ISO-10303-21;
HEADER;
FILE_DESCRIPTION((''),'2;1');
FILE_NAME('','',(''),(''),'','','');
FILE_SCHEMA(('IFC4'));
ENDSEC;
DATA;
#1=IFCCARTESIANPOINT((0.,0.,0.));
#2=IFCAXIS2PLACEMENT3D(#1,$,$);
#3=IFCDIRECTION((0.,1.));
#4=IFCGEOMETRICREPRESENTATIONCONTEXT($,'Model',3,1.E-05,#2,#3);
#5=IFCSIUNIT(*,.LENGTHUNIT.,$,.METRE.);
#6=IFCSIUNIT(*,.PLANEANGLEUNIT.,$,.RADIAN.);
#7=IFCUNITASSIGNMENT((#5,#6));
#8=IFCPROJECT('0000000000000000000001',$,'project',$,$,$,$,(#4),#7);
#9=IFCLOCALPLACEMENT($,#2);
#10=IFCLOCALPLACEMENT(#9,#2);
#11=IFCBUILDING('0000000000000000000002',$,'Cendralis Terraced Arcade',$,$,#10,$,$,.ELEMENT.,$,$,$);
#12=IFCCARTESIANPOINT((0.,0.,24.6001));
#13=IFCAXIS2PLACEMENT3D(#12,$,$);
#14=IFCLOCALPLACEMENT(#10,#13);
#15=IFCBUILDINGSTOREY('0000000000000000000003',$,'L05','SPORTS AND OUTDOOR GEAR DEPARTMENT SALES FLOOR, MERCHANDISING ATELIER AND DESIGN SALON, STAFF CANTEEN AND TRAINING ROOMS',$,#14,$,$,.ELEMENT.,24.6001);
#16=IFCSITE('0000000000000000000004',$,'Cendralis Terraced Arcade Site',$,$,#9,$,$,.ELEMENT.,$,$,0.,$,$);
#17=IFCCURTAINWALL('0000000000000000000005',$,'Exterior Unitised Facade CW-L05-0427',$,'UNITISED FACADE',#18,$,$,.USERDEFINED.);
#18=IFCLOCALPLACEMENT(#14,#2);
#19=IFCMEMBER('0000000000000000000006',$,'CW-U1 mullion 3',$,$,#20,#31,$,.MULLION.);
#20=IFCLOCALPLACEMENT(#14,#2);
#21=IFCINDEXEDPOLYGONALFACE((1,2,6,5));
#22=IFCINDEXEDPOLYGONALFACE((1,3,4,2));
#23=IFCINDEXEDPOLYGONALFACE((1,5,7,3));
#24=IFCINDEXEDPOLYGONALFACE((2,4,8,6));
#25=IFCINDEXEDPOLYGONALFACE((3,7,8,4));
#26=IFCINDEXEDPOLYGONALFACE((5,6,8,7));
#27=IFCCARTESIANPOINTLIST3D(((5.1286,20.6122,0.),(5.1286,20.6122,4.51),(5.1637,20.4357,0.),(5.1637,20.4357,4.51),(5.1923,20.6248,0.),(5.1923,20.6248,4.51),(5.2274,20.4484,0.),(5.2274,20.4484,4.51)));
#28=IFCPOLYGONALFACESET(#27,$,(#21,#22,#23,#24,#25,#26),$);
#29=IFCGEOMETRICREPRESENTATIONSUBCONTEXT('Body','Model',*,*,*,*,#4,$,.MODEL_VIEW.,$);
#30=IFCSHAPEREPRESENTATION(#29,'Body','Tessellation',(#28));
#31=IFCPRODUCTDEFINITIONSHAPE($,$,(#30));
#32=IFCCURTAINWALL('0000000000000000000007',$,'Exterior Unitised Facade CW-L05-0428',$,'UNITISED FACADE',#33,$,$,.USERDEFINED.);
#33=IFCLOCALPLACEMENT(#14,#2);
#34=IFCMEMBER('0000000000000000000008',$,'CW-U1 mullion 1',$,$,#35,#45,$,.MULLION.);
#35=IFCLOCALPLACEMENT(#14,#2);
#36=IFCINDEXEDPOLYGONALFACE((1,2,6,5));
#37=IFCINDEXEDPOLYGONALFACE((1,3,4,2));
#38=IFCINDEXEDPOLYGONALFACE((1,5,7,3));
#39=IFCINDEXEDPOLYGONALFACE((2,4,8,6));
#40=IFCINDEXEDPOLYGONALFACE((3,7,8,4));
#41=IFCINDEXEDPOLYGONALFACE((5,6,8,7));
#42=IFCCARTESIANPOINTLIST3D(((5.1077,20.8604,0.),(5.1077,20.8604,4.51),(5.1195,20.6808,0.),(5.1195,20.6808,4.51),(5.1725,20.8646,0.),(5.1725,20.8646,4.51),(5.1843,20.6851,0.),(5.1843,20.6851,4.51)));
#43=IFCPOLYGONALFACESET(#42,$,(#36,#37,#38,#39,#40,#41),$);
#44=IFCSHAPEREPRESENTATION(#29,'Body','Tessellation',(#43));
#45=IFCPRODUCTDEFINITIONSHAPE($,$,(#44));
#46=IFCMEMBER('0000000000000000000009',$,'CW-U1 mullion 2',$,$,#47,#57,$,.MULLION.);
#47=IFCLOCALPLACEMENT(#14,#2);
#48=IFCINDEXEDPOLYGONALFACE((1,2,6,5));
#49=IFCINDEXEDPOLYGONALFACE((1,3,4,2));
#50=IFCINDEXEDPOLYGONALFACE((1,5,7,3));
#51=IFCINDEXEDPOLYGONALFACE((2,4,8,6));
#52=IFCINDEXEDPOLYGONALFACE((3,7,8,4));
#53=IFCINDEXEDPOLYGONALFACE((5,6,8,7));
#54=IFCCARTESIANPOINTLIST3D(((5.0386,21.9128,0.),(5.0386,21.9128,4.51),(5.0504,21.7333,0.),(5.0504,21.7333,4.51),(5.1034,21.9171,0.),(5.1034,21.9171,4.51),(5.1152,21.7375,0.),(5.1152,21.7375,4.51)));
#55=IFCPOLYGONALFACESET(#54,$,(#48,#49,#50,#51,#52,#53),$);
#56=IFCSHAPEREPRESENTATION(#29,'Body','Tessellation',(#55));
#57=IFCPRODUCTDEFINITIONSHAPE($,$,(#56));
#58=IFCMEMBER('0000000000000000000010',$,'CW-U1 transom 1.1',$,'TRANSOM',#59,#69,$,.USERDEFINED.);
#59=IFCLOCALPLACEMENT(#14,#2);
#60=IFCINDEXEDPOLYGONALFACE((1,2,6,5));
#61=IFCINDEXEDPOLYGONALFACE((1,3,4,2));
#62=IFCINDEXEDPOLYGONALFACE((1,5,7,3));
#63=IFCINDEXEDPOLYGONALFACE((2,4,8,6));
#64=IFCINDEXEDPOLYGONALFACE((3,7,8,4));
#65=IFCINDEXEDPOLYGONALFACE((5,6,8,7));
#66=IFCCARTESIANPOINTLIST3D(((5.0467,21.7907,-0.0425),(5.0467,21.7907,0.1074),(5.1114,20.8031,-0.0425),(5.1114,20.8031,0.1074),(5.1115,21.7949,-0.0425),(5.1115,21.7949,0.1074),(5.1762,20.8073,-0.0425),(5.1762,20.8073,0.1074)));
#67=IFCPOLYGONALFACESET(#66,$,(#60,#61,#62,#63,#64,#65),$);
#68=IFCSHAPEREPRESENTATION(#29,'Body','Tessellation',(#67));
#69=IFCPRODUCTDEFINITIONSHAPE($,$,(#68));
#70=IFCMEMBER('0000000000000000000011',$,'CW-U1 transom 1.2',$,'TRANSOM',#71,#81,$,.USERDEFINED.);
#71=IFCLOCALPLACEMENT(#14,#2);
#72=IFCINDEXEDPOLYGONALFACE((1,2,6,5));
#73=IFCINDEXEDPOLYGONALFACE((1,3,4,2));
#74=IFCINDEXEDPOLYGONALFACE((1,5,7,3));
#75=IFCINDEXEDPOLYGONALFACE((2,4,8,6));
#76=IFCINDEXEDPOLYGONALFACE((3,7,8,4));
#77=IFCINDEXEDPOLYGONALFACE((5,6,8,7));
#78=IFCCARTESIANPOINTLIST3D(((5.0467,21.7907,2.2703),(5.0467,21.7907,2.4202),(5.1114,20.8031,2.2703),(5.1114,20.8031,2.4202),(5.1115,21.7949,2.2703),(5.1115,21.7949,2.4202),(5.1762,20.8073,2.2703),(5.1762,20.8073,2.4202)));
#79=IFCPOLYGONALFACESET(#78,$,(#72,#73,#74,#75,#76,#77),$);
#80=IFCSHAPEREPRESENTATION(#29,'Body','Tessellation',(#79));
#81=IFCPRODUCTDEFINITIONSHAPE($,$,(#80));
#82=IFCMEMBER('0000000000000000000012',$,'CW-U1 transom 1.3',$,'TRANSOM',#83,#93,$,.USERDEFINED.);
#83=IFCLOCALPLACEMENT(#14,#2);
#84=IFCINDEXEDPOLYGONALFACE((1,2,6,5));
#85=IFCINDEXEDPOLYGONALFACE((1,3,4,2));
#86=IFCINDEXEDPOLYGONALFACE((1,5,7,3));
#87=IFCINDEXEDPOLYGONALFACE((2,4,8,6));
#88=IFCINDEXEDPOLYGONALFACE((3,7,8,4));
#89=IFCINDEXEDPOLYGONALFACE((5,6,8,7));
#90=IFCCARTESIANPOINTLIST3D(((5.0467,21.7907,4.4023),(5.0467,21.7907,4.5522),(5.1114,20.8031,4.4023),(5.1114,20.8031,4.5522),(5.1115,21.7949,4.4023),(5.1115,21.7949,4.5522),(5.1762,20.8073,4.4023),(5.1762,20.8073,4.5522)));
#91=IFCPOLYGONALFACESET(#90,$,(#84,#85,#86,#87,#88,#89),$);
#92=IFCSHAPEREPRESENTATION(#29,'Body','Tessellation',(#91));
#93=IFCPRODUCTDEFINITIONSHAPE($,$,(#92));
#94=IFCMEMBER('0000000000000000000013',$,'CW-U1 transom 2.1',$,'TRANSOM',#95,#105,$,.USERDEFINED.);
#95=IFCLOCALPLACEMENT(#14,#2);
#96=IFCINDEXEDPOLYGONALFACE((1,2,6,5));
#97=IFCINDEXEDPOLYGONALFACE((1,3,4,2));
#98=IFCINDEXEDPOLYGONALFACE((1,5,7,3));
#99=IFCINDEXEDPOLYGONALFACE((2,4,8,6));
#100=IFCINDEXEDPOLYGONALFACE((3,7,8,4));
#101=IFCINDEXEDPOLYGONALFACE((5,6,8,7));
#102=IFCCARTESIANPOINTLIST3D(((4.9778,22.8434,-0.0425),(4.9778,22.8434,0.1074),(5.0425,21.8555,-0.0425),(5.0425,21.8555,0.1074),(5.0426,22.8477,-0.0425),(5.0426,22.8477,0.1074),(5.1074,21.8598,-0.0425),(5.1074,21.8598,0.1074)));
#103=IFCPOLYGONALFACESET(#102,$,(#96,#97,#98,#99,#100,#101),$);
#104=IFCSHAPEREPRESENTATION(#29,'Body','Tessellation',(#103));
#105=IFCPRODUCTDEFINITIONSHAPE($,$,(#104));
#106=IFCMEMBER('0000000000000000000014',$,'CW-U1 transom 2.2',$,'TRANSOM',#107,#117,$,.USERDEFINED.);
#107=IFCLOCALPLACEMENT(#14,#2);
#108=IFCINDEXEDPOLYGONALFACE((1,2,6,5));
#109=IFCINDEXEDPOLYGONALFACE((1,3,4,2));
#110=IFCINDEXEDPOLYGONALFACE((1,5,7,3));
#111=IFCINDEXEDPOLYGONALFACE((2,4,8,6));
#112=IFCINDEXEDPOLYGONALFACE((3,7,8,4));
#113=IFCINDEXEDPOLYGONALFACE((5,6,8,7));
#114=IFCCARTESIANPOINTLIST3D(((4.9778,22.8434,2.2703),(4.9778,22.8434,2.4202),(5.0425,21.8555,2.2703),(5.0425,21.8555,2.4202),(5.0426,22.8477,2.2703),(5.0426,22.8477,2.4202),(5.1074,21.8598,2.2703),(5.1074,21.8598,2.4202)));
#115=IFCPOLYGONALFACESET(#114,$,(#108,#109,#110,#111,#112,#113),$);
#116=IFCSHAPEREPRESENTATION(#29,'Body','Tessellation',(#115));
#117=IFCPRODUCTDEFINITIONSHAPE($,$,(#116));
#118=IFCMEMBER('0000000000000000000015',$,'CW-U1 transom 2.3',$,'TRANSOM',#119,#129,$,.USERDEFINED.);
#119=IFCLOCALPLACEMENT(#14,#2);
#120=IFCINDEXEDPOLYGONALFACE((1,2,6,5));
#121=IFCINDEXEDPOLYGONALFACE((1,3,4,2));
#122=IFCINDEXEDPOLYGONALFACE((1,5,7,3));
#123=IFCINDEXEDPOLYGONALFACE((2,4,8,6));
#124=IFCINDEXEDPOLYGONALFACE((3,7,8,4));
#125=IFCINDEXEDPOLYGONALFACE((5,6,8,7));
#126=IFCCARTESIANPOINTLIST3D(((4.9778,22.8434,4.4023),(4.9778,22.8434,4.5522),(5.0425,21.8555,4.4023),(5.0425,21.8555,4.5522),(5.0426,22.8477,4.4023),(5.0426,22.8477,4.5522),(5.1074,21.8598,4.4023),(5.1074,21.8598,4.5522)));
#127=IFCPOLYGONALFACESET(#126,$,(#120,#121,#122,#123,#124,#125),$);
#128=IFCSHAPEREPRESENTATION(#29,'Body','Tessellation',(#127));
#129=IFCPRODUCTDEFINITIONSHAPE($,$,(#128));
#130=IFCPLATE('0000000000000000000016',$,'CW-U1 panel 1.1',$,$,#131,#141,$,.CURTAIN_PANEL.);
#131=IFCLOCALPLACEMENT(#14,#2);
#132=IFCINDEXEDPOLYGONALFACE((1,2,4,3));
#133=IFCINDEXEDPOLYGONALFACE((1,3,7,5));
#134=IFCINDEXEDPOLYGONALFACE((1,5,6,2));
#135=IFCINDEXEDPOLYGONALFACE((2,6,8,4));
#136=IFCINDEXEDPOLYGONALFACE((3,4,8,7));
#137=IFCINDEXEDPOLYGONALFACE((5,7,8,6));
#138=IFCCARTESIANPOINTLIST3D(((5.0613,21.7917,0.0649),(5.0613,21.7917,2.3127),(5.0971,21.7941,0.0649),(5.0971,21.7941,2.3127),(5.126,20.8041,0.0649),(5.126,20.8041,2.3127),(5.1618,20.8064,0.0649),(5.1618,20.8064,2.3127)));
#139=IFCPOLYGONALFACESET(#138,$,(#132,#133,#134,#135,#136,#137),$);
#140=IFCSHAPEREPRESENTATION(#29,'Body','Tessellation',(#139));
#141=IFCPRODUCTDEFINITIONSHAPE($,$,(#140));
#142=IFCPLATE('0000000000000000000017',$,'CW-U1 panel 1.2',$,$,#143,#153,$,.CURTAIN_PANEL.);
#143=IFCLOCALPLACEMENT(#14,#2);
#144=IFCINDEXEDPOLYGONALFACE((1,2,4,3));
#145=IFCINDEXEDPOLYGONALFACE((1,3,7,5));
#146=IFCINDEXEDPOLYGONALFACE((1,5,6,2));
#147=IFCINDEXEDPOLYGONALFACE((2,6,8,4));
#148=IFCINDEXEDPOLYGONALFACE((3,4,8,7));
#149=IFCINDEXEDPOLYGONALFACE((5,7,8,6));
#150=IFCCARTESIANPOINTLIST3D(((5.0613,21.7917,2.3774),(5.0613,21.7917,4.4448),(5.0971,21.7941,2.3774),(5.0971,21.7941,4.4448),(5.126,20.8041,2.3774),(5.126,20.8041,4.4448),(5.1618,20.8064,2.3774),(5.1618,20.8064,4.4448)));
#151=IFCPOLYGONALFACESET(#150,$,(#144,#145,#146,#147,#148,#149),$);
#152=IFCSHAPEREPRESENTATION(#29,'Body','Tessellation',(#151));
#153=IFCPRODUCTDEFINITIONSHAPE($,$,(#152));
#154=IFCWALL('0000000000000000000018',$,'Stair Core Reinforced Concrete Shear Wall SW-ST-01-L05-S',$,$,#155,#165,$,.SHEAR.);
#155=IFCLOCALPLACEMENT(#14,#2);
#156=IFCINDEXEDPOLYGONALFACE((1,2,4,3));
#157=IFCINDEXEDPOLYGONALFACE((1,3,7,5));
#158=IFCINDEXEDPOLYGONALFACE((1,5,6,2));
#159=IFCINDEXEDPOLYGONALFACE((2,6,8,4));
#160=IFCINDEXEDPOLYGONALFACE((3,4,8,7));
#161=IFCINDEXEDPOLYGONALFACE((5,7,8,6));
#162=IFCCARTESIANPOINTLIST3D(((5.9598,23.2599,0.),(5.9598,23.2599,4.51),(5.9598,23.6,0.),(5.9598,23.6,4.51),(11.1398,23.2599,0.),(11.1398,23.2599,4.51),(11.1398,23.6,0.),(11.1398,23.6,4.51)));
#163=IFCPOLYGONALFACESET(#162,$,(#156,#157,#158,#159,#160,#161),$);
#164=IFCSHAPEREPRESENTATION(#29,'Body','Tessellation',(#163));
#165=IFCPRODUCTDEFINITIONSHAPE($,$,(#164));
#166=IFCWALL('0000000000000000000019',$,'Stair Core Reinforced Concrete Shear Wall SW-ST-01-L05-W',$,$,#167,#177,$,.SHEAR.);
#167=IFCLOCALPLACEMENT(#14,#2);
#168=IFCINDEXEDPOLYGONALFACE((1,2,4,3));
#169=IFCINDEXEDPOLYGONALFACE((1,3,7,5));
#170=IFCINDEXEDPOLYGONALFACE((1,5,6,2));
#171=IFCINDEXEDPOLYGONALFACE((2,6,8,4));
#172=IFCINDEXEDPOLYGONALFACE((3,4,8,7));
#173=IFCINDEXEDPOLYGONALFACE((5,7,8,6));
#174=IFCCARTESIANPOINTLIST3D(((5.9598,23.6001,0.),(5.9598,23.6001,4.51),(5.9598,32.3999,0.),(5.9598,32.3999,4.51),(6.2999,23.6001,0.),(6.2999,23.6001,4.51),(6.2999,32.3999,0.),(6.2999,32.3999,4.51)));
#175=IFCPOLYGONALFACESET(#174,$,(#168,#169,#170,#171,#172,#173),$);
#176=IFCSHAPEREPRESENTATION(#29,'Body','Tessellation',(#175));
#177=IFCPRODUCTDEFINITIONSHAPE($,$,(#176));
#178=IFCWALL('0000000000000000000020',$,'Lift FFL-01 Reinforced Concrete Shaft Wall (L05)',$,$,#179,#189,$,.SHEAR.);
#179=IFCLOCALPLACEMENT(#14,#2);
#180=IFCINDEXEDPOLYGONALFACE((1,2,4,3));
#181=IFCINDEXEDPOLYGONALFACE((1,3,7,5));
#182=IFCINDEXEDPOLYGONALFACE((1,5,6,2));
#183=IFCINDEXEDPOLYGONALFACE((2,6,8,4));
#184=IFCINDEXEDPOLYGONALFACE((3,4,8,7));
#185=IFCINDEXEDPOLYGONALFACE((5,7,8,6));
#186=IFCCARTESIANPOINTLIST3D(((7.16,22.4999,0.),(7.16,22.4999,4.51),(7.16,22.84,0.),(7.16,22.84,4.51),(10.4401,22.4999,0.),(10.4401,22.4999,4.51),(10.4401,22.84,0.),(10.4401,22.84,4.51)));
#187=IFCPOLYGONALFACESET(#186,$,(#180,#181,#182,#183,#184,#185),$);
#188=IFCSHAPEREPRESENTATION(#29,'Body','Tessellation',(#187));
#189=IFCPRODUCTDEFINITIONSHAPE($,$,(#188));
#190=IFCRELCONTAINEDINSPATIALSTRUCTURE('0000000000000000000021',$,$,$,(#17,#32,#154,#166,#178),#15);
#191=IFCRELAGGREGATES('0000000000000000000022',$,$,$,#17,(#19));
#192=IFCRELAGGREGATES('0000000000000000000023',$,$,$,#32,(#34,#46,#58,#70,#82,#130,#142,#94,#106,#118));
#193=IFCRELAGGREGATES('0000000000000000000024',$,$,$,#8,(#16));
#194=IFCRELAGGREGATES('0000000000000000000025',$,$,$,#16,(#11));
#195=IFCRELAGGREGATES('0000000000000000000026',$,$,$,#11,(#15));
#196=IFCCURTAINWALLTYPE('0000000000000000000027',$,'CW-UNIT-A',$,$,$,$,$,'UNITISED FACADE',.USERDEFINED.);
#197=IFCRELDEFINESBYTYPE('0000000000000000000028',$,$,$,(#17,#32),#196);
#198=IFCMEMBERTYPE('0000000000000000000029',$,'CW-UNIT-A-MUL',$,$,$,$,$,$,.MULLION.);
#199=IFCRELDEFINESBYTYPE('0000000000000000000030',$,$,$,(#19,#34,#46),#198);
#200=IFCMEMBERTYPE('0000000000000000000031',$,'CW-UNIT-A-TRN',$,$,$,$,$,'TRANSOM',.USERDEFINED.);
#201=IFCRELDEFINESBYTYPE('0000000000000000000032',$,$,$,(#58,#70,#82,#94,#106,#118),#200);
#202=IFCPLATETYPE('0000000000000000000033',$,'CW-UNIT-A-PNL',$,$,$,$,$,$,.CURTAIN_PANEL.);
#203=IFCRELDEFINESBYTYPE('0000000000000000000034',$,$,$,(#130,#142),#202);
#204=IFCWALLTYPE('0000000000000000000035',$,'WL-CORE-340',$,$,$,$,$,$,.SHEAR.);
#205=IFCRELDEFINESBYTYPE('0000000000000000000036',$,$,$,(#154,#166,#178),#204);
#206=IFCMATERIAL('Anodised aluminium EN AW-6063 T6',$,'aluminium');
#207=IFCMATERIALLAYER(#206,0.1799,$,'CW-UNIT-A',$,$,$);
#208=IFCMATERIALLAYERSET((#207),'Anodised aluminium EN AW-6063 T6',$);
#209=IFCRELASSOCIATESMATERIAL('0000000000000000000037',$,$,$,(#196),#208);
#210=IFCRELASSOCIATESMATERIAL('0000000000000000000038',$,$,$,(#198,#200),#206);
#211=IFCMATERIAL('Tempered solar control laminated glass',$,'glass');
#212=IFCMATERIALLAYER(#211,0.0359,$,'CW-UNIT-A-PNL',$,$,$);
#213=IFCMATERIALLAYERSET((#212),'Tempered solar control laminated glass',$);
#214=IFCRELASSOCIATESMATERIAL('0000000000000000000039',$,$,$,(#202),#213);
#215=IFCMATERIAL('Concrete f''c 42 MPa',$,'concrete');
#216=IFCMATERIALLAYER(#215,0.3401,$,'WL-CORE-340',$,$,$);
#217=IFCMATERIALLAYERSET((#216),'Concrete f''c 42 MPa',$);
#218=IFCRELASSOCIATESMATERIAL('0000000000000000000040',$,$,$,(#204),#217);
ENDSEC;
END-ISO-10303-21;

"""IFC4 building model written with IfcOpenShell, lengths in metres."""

from ifc_helpers import new_model, si_unit, direction, frame, frame_2d, origin, origin_2d, place, context, subcontext, project, spatial, rectangle, extrude, material, layer, layer_set, material_profile, profile_set, type_object, element, aggregate, save


model = new_model("IFC4")

# Units and contexts
model_context = context("Model", 3, precision=1e-05, world=origin(), true_north=direction((0.0, 1.0)))
body_context = subcontext(model_context, "Body", "Model", "MODEL_VIEW")
ifc_project = project(units=[si_unit("LENGTHUNIT", "METRE"), si_unit("PLANEANGLEUNIT", "RADIAN")], contexts=[model_context])

# Site, building, storey
site_placement = place(None, origin())
site = spatial("IfcSite", under=ifc_project, at=site_placement, Name="Cendralis Terraced Arcade Site", CompositionType="ELEMENT", RefElevation=0.0)
building_placement = place(site_placement, origin())
building = spatial("IfcBuilding", under=site, at=building_placement, Name="Cendralis Terraced Arcade", CompositionType="ELEMENT")
storey_placement = place(building_placement, frame((0.0, 0.0, 24.6001)))
storey = spatial("IfcBuildingStorey", under=building, at=storey_placement, Name="L05", Description="SPORTS AND OUTDOOR GEAR DEPARTMENT SALES FLOOR, MERCHANDISING ATELIER AND DESIGN SALON, STAFF CANTEEN AND TRAINING ROOMS", CompositionType="ELEMENT", Elevation=24.6001)

# Curtain wall, member
ifc_material_1 = material(Name="Anodised aluminium EN AW-6063 T6", Category="aluminium")
ifc_layer_1 = layer(ifc_material_1, 0.1799, Name="CW-UNIT-A")
ifc_layer_set_1 = layer_set([ifc_layer_1], Name="Anodised aluminium EN AW-6063 T6")
curtain_wall_type = type_object("IfcCurtainWallType", Name="CW-UNIT-A", ElementType="UNITISED FACADE", PredefinedType="USERDEFINED", material=ifc_layer_set_1)
curtain_wall_1_placement = place(storey_placement, origin())
curtain_wall_1 = element("IfcCurtainWall", 1, at=curtain_wall_1_placement, inside=storey, type_object=curtain_wall_type, Name="Exterior Unitised Facade CW-L05-0427", ObjectType="UNITISED FACADE", PredefinedType="USERDEFINED")
ifc_material_profile_1 = material_profile(ifc_material_1, rectangle(XDim=0.0649, YDim=0.1799, at=origin_2d()), Name="ALU-MUL-65x180")
ifc_profile_set_1 = profile_set([ifc_material_profile_1], Name="Anodised aluminium EN AW-6063 T6")
member_type_1 = type_object("IfcMemberType", Name="CW-UNIT-A-MUL", PredefinedType="MULLION", material=ifc_profile_set_1)
member_1_placement = place(storey_placement, frame((5.178, 20.5303, 0.0), z_axis=(0.0, 0.0, 1.0), x_axis=(-0.980794, -0.195046, 0.0)))
member_1 = element("IfcMember", 2, at=member_1_placement, type_object=member_type_1, Name="CW-U1 mullion 3", PredefinedType="MULLION", context=body_context, shape_type="SweptSolid", body=[
    extrude(rectangle(XDim=0.0649, YDim=0.1799, at=origin_2d()), origin(), (0.0, 0.0, 1.0), 4.51),
])
aggregate(curtain_wall_1, [member_1])

# Curtain wall, members, plates
curtain_wall_2_placement = place(storey_placement, origin())
curtain_wall_2 = element("IfcCurtainWall", 3, at=curtain_wall_2_placement, inside=storey, type_object=curtain_wall_type, Name="Exterior Unitised Facade CW-L05-0428", ObjectType="UNITISED FACADE", PredefinedType="USERDEFINED")
member_2_placement = place(storey_placement, frame((5.146, 20.7727, 0.0), z_axis=(0.0, 0.0, 1.0), x_axis=(-0.99786, -0.065393, 0.0)))
member_2 = element("IfcMember", 4, at=member_2_placement, type_object=member_type_1, Name="CW-U1 mullion 1", PredefinedType="MULLION", context=body_context, shape_type="SweptSolid", body=[
    extrude(rectangle(XDim=0.0649, YDim=0.1799, at=origin_2d()), origin(), (0.0, 0.0, 1.0), 4.51),
])
member_3_placement = place(storey_placement, frame((5.0769, 21.8252, 0.0), z_axis=(0.0, 0.0, 1.0), x_axis=(-0.99786, -0.065393, 0.0)))
member_3 = element("IfcMember", 5, at=member_3_placement, type_object=member_type_1, Name="CW-U1 mullion 2", PredefinedType="MULLION", context=body_context, shape_type="SweptSolid", body=[
    extrude(rectangle(XDim=0.0649, YDim=0.1799, at=origin_2d()), origin(), (0.0, 0.0, 1.0), 4.51),
])
ifc_material_profile_2 = material_profile(ifc_material_1, rectangle(XDim=0.0649, YDim=0.1499, at=origin_2d()), Name="ALU-TRN-65x150")
ifc_profile_set_2 = profile_set([ifc_material_profile_2], Name="Anodised aluminium EN AW-6063 T6")
member_type_2 = type_object("IfcMemberType", Name="CW-UNIT-A-TRN", ElementType="TRANSOM", PredefinedType="USERDEFINED", material=ifc_profile_set_2)
member_4_placement = place(storey_placement, frame((5.1438, 20.8052, 0.0325), z_axis=(-0.065373, 0.997861, 0.0), x_axis=(-0.997861, -0.065373, 0.0)))
member_4 = element("IfcMember", 6, at=member_4_placement, type_object=member_type_2, Name="CW-U1 transom 1.1", ObjectType="TRANSOM", PredefinedType="USERDEFINED", context=body_context, shape_type="SweptSolid", body=[
    extrude(rectangle(XDim=0.0649, YDim=0.1499, at=origin_2d()), origin(), (0.0, 0.0, 1.0), 0.9897),
])
member_5_placement = place(storey_placement, frame((5.1438, 20.8052, 2.3452), z_axis=(-0.065373, 0.997861, 0.0), x_axis=(-0.997861, -0.065373, 0.0)))
member_5 = element("IfcMember", 7, at=member_5_placement, type_object=member_type_2, Name="CW-U1 transom 1.2", ObjectType="TRANSOM", PredefinedType="USERDEFINED", context=body_context, shape_type="SweptSolid", body=[
    extrude(rectangle(XDim=0.0649, YDim=0.1499, at=origin_2d()), origin(), (0.0, 0.0, 1.0), 0.9897),
])
member_6_placement = place(storey_placement, frame((5.1438, 20.8052, 4.4773), z_axis=(-0.065373, 0.997861, 0.0), x_axis=(-0.997861, -0.065373, 0.0)))
member_6 = element("IfcMember", 8, at=member_6_placement, type_object=member_type_2, Name="CW-U1 transom 1.3", ObjectType="TRANSOM", PredefinedType="USERDEFINED", context=body_context, shape_type="SweptSolid", body=[
    extrude(rectangle(XDim=0.0649, YDim=0.1499, at=origin_2d()), origin(), (0.0, 0.0, 1.0), 0.9897),
])
member_7_placement = place(storey_placement, frame((5.075, 21.8577, 0.0325), z_axis=(-0.065357, 0.997862, 0.0), x_axis=(-0.997862, -0.065357, 0.0)))
member_7 = element("IfcMember", 9, at=member_7_placement, type_object=member_type_2, Name="CW-U1 transom 2.1", ObjectType="TRANSOM", PredefinedType="USERDEFINED", context=body_context, shape_type="SweptSolid", body=[
    extrude(rectangle(XDim=0.0649, YDim=0.1499, at=origin_2d()), origin(), (0.0, 0.0, 1.0), 0.99),
])
member_8_placement = place(storey_placement, frame((5.075, 21.8577, 2.3452), z_axis=(-0.065357, 0.997862, 0.0), x_axis=(-0.997862, -0.065357, 0.0)))
member_8 = element("IfcMember", 10, at=member_8_placement, type_object=member_type_2, Name="CW-U1 transom 2.2", ObjectType="TRANSOM", PredefinedType="USERDEFINED", context=body_context, shape_type="SweptSolid", body=[
    extrude(rectangle(XDim=0.0649, YDim=0.1499, at=origin_2d()), origin(), (0.0, 0.0, 1.0), 0.99),
])
member_9_placement = place(storey_placement, frame((5.075, 21.8577, 4.4773), z_axis=(-0.065357, 0.997862, 0.0), x_axis=(-0.997862, -0.065357, 0.0)))
member_9 = element("IfcMember", 11, at=member_9_placement, type_object=member_type_2, Name="CW-U1 transom 2.3", ObjectType="TRANSOM", PredefinedType="USERDEFINED", context=body_context, shape_type="SweptSolid", body=[
    extrude(rectangle(XDim=0.0649, YDim=0.1499, at=origin_2d()), origin(), (0.0, 0.0, 1.0), 0.99),
])
ifc_material_2 = material(Name="Tempered solar control laminated glass", Category="glass")
ifc_layer_2 = layer(ifc_material_2, 0.0359, Name="CW-UNIT-A-PNL")
ifc_layer_set_2 = layer_set([ifc_layer_2], Name="Tempered solar control laminated glass")
plate_type = type_object("IfcPlateType", Name="CW-UNIT-A-PNL", PredefinedType="CURTAIN_PANEL", material=ifc_layer_set_2)
plate_1_placement = place(storey_placement, frame((5.1116, 21.2991, 0.0649), z_axis=(0.0, 0.0, 1.0), x_axis=(-0.065393, 0.99786, 0.0)))
plate_1 = element("IfcPlate", 12, at=plate_1_placement, type_object=plate_type, Name="CW-U1 panel 1.1", PredefinedType="CURTAIN_PANEL", context=body_context, shape_type="SweptSolid", body=[
    extrude(rectangle(XDim=0.9897, YDim=0.0359, at=origin_2d()), origin(), (0.0, 0.0, 1.0), 2.2478),
])
plate_2_placement = place(storey_placement, frame((5.1116, 21.2991, 2.3774), z_axis=(0.0, 0.0, 1.0), x_axis=(-0.065393, 0.99786, 0.0)))
plate_2 = element("IfcPlate", 13, at=plate_2_placement, type_object=plate_type, Name="CW-U1 panel 1.2", PredefinedType="CURTAIN_PANEL", context=body_context, shape_type="SweptSolid", body=[
    extrude(rectangle(XDim=0.9897, YDim=0.0359, at=origin_2d()), origin(), (0.0, 0.0, 1.0), 2.0674),
])
aggregate(curtain_wall_2, [member_2, member_3, member_4, member_5, member_6, plate_1, plate_2, member_7, member_8, member_9])

# Walls
ifc_material_3 = material(Name="Concrete f'c 42 MPa", Category="concrete")
ifc_layer_3 = layer(ifc_material_3, 0.3401, Name="WL-CORE-340")
ifc_layer_set_3 = layer_set([ifc_layer_3], Name="Concrete f'c 42 MPa")
wall_type = type_object("IfcWallType", Name="WL-CORE-340", PredefinedType="SHEAR", material=ifc_layer_set_3)
wall_1_placement = place(storey_placement, frame((5.96, 23.4299, 0.0), z_axis=(0.0, 0.0, 1.0), x_axis=(1.0, 0.0, 0.0)))
element("IfcWall", 14, at=wall_1_placement, inside=storey, type_object=wall_type, Name="Stair Core Reinforced Concrete Shear Wall SW-ST-01-L05-S", PredefinedType="SHEAR", context=body_context, shape_type="SweptSolid", body=[
    extrude(rectangle(XDim=5.1799, YDim=0.3401, at=frame_2d((2.5898, 0.0))), origin(), (0.0, 0.0, 1.0), 4.51),
])
wall_2_placement = place(storey_placement, frame((6.1299, 23.6001, 0.0), z_axis=(0.0, 0.0, 1.0), x_axis=(0.0, 1.0, 0.0)))
element("IfcWall", 15, at=wall_2_placement, inside=storey, type_object=wall_type, Name="Stair Core Reinforced Concrete Shear Wall SW-ST-01-L05-W", PredefinedType="SHEAR", context=body_context, shape_type="SweptSolid", body=[
    extrude(rectangle(XDim=8.7998, YDim=0.3401, at=frame_2d((4.3999, 0.0))), origin(), (0.0, 0.0, 1.0), 4.51),
])
wall_3_placement = place(storey_placement, frame((7.1599, 22.6699, 0.0), z_axis=(0.0, 0.0, 1.0), x_axis=(1.0, 0.0, 0.0)))
element("IfcWall", 16, at=wall_3_placement, inside=storey, type_object=wall_type, Name="Lift FFL-01 Reinforced Concrete Shaft Wall (L05)", PredefinedType="SHEAR", context=body_context, shape_type="SweptSolid", body=[
    extrude(rectangle(XDim=3.28, YDim=0.3401, at=frame_2d((1.6401, 0.0))), origin(), (0.0, 0.0, 1.0), 4.51),
])

save(model, "model.ifc")
